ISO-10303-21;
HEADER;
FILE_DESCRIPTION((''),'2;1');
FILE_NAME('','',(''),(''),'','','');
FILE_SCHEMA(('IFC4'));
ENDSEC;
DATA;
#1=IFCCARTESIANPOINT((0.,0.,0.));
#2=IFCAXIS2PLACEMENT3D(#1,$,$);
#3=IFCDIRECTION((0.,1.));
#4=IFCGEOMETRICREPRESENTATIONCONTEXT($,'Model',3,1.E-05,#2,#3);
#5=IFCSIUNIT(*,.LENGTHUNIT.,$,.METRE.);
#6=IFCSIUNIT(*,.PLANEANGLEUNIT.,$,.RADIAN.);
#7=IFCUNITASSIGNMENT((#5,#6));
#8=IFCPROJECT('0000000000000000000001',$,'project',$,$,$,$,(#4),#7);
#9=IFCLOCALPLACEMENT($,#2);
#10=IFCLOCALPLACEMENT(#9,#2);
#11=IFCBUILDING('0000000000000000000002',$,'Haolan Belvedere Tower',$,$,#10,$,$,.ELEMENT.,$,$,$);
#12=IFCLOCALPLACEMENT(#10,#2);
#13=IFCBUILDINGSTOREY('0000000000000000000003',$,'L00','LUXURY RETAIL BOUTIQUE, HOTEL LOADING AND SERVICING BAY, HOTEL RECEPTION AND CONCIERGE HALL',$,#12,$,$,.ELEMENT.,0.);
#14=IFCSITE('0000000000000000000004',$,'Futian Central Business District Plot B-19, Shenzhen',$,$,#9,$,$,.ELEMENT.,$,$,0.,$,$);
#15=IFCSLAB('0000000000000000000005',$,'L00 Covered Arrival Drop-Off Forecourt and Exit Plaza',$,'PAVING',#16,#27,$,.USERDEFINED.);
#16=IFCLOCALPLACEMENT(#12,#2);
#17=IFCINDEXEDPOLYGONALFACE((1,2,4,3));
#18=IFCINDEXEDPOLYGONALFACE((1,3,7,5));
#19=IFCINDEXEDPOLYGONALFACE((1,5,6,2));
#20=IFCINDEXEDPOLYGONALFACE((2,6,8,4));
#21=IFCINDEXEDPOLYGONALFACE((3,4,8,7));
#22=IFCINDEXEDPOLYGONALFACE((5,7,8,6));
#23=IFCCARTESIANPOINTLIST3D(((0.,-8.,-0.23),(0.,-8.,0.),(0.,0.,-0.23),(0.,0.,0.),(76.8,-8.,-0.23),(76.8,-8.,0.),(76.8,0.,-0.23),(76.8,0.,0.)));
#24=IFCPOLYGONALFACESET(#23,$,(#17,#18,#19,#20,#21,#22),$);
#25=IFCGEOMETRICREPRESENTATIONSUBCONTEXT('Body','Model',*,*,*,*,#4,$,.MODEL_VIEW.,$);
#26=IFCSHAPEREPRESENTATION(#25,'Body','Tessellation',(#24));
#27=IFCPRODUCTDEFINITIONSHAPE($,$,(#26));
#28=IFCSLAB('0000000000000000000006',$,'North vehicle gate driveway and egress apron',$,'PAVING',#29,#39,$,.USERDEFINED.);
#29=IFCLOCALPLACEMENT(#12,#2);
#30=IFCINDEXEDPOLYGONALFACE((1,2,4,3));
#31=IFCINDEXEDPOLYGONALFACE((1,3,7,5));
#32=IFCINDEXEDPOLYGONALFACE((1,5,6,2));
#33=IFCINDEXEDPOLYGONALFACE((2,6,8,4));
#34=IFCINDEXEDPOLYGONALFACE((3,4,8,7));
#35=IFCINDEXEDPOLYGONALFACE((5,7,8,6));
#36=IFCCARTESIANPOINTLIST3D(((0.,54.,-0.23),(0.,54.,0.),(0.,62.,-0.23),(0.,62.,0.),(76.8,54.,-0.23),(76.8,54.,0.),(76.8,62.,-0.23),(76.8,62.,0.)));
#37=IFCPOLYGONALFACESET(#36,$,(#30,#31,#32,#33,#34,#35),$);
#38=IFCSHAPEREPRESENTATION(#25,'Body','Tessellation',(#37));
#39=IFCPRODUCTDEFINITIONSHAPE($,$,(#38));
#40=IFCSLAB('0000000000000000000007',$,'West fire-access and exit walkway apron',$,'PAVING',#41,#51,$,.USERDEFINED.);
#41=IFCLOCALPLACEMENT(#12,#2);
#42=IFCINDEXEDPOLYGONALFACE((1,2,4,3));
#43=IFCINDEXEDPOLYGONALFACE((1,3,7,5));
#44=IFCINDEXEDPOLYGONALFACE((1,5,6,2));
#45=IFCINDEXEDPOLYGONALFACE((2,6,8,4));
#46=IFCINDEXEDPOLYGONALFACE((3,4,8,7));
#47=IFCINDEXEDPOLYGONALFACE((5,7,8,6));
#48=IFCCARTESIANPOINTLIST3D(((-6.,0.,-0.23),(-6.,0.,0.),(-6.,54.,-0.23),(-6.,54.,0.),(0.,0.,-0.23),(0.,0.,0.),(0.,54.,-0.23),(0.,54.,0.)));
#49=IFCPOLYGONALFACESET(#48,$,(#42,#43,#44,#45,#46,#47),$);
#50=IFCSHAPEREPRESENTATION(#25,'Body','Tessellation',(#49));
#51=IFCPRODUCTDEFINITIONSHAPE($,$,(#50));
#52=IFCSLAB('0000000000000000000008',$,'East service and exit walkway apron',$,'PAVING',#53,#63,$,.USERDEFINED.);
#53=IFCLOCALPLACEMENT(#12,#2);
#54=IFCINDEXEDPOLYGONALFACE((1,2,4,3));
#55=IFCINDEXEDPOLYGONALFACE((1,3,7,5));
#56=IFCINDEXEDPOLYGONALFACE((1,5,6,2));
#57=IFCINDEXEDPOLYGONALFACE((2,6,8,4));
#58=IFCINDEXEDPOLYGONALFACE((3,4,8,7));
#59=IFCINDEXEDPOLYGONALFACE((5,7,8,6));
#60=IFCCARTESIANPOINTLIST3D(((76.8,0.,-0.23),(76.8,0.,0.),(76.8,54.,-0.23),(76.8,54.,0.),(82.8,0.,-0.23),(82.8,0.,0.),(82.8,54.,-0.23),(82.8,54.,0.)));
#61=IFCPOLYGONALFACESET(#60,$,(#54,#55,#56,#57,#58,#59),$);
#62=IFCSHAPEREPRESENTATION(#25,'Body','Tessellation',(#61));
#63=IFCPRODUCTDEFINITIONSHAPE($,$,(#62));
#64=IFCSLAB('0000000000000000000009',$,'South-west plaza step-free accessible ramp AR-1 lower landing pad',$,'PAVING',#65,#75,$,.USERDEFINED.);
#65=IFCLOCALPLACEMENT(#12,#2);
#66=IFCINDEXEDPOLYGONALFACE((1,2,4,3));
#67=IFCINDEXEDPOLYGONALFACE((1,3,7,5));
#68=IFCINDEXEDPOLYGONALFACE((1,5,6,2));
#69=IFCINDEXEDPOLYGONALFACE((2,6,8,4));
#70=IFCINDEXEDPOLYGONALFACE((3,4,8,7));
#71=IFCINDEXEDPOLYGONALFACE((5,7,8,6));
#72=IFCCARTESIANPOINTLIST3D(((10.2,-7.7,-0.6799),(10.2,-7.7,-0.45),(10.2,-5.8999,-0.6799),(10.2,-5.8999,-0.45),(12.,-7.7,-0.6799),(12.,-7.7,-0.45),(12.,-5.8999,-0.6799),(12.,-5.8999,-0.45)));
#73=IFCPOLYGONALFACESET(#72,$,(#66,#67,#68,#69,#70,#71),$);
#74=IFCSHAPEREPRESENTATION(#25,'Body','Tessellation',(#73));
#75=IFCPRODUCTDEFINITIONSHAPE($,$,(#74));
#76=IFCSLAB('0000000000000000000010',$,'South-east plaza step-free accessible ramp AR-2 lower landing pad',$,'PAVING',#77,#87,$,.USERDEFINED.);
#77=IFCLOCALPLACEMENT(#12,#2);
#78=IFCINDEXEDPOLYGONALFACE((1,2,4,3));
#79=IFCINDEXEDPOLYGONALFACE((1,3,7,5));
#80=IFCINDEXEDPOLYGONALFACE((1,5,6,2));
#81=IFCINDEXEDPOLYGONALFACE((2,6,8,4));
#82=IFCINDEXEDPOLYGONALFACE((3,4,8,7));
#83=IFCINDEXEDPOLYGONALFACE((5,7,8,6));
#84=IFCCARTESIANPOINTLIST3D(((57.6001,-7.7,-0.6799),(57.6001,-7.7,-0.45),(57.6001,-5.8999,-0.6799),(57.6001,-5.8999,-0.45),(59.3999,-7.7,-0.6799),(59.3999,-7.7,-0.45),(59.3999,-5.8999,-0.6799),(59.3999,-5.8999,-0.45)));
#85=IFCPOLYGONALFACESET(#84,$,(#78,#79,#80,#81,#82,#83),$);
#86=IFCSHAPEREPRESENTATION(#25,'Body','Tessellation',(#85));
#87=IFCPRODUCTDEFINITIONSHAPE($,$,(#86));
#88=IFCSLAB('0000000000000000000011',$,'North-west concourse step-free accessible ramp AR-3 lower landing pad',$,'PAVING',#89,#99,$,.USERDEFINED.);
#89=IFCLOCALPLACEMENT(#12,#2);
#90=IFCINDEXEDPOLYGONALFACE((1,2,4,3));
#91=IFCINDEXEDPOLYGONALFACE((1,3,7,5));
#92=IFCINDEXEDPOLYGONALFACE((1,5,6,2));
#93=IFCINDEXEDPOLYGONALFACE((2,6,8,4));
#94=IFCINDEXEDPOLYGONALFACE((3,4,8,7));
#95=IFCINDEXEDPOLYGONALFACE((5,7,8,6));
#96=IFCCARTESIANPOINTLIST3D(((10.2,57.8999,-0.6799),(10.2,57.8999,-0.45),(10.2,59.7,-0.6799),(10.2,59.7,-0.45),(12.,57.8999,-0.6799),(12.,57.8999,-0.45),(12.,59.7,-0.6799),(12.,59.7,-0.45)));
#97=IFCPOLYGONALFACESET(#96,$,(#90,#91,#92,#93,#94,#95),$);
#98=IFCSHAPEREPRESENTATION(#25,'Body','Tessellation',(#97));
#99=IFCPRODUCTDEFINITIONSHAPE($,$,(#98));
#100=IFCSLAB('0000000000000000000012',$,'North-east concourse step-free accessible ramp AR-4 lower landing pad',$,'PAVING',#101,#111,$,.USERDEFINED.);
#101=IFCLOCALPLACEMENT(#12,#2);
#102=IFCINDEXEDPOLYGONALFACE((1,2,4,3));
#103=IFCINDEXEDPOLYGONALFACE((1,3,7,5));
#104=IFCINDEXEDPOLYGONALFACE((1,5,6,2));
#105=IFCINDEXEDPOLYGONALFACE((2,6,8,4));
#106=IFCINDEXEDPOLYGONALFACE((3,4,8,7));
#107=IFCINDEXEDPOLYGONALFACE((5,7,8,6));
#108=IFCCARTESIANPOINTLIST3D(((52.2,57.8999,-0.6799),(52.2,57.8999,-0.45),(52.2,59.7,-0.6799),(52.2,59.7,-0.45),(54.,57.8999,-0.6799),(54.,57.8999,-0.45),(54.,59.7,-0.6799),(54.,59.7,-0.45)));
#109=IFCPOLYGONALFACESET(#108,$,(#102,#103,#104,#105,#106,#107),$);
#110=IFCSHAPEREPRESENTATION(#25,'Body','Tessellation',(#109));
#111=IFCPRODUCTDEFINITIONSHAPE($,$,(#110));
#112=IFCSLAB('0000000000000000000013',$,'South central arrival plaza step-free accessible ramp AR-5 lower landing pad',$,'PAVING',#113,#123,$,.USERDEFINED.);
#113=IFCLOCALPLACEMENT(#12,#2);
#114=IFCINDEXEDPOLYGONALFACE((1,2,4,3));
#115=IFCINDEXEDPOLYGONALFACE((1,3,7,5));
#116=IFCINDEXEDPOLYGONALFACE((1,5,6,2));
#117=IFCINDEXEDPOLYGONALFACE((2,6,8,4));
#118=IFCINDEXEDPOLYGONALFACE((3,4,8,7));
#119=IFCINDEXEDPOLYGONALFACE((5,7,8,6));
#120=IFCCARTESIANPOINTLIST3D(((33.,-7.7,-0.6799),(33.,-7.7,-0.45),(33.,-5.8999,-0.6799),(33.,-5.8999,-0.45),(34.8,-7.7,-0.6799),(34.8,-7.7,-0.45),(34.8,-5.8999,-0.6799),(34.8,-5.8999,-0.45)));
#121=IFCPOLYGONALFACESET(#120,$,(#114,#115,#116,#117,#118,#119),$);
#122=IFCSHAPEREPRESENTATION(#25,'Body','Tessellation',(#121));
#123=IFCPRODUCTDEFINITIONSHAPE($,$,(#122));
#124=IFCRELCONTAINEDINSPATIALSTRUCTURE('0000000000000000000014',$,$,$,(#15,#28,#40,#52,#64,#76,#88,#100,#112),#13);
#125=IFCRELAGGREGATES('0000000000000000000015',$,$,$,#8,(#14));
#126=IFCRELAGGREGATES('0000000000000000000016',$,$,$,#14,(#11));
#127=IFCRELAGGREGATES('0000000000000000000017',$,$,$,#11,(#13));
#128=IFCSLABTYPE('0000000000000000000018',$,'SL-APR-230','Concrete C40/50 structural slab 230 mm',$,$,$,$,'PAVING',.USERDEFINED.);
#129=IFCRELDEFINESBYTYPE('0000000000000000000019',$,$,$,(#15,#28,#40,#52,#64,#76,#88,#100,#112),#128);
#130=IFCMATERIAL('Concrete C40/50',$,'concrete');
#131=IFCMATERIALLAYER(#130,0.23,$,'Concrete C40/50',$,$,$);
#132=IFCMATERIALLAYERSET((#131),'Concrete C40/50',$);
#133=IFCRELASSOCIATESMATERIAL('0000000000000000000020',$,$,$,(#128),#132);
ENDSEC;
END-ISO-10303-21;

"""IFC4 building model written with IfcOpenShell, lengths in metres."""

from ifc_helpers import new_model, si_unit, direction, frame, origin, place, context, subcontext, project, spatial, polyline, outline, extrude, material, layer, layer_set, type_object, element, save


model = new_model("IFC4")

# Units and contexts
model_context = context("Model", 3, precision=1e-05, world=origin(), true_north=direction((0.0, 1.0)))
body_context = subcontext(model_context, "Body", "Model", "MODEL_VIEW")
ifc_project = project(units=[si_unit("LENGTHUNIT", "METRE"), si_unit("PLANEANGLEUNIT", "RADIAN")], contexts=[model_context])

# Site, building, storey
site_placement = place(None, origin())
site = spatial("IfcSite", under=ifc_project, at=site_placement, Name="Futian Central Business District Plot B-19, Shenzhen", CompositionType="ELEMENT", RefElevation=0.0)
building_placement = place(site_placement, origin())
building = spatial("IfcBuilding", under=site, at=building_placement, Name="Haolan Belvedere Tower", CompositionType="ELEMENT")
storey_placement = place(building_placement, origin())
storey = spatial("IfcBuildingStorey", under=building, at=storey_placement, Name="L00", Description="LUXURY RETAIL BOUTIQUE, HOTEL LOADING AND SERVICING BAY, HOTEL RECEPTION AND CONCIERGE HALL", CompositionType="ELEMENT", Elevation=0.0)

# Slabs
ifc_material_1 = material(Name="Concrete C40/50", Category="concrete")
ifc_layer_1 = layer(ifc_material_1, 0.23, Name="Concrete C40/50")
ifc_layer_set_1 = layer_set([ifc_layer_1], Name="Concrete C40/50")
slab_type_1 = type_object("IfcSlabType", Name="SL-APR-230", Description="Concrete C40/50 structural slab 230 mm", ElementType="PAVING", PredefinedType="USERDEFINED", material=ifc_layer_set_1)
slab_1_placement = place(storey_placement, frame((0.0, 0.0, -0.23)))
element("IfcSlab", 1, at=slab_1_placement, inside=storey, type_object=slab_type_1, Name="L00 Covered Arrival Drop-Off Forecourt and Exit Plaza", ObjectType="PAVING", PredefinedType="USERDEFINED", context=body_context, shape_type="SweptSolid", body=[
    extrude(outline(polyline([(0.0, -8.0), (76.8, -8.0), (76.8, 0.0), (0.0, 0.0), (0.0, -8.0)])), origin(), (0.0, 0.0, 1.0), 0.23),
])
slab_2_placement = place(storey_placement, frame((0.0, 0.0, -0.23)))
element("IfcSlab", 2, at=slab_2_placement, inside=storey, type_object=slab_type_1, Name="North vehicle gate driveway and egress apron", ObjectType="PAVING", PredefinedType="USERDEFINED", context=body_context, shape_type="SweptSolid", body=[
    extrude(outline(polyline([(0.0, 54.0), (76.8, 54.0), (76.8, 62.0), (0.0, 62.0), (0.0, 54.0)])), origin(), (0.0, 0.0, 1.0), 0.23),
])
slab_3_placement = place(storey_placement, frame((0.0, 0.0, -0.23)))
element("IfcSlab", 3, at=slab_3_placement, inside=storey, type_object=slab_type_1, Name="West fire-access and exit walkway apron", ObjectType="PAVING", PredefinedType="USERDEFINED", context=body_context, shape_type="SweptSolid", body=[
    extrude(outline(polyline([(-6.0, 0.0), (0.0, 0.0), (0.0, 54.0), (-6.0, 54.0), (-6.0, 0.0)])), origin(), (0.0, 0.0, 1.0), 0.23),
])
slab_4_placement = place(storey_placement, frame((0.0, 0.0, -0.23)))
element("IfcSlab", 4, at=slab_4_placement, inside=storey, type_object=slab_type_1, Name="East service and exit walkway apron", ObjectType="PAVING", PredefinedType="USERDEFINED", context=body_context, shape_type="SweptSolid", body=[
    extrude(outline(polyline([(76.8, 0.0), (82.8, 0.0), (82.8, 54.0), (76.8, 54.0), (76.8, 0.0)])), origin(), (0.0, 0.0, 1.0), 0.23),
])
slab_5_placement = place(storey_placement, frame((0.0, 0.0, -0.6799)))
element("IfcSlab", 5, at=slab_5_placement, inside=storey, type_object=slab_type_1, Name="South-west plaza step-free accessible ramp AR-1 lower landing pad", ObjectType="PAVING", PredefinedType="USERDEFINED", context=body_context, shape_type="SweptSolid", body=[
    extrude(outline(polyline([(10.2, -7.7), (12.0, -7.7), (12.0, -5.8999), (10.2, -5.8999), (10.2, -7.7)])), origin(), (0.0, 0.0, 1.0), 0.23),
])
slab_6_placement = place(storey_placement, frame((0.0, 0.0, -0.6799)))
element("IfcSlab", 6, at=slab_6_placement, inside=storey, type_object=slab_type_1, Name="South-east plaza step-free accessible ramp AR-2 lower landing pad", ObjectType="PAVING", PredefinedType="USERDEFINED", context=body_context, shape_type="SweptSolid", body=[
    extrude(outline(polyline([(57.6001, -7.7), (59.3999, -7.7), (59.3999, -5.8999), (57.6001, -5.8999), (57.6001, -7.7)])), origin(), (0.0, 0.0, 1.0), 0.23),
])
slab_7_placement = place(storey_placement, frame((0.0, 0.0, -0.6799)))
element("IfcSlab", 7, at=slab_7_placement, inside=storey, type_object=slab_type_1, Name="North-west concourse step-free accessible ramp AR-3 lower landing pad", ObjectType="PAVING", PredefinedType="USERDEFINED", context=body_context, shape_type="SweptSolid", body=[
    extrude(outline(polyline([(10.2, 57.8999), (12.0, 57.8999), (12.0, 59.7), (10.2, 59.7), (10.2, 57.8999)])), origin(), (0.0, 0.0, 1.0), 0.23),
])
slab_8_placement = place(storey_placement, frame((0.0, 0.0, -0.6799)))
element("IfcSlab", 8, at=slab_8_placement, inside=storey, type_object=slab_type_1, Name="North-east concourse step-free accessible ramp AR-4 lower landing pad", ObjectType="PAVING", PredefinedType="USERDEFINED", context=body_context, shape_type="SweptSolid", body=[
    extrude(outline(polyline([(52.2, 57.8999), (54.0, 57.8999), (54.0, 59.7), (52.2, 59.7), (52.2, 57.8999)])), origin(), (0.0, 0.0, 1.0), 0.23),
])
slab_9_placement = place(storey_placement, frame((0.0, 0.0, -0.6799)))
element("IfcSlab", 9, at=slab_9_placement, inside=storey, type_object=slab_type_1, Name="South central arrival plaza step-free accessible ramp AR-5 lower landing pad", ObjectType="PAVING", PredefinedType="USERDEFINED", context=body_context, shape_type="SweptSolid", body=[
    extrude(outline(polyline([(33.0, -7.7), (34.8, -7.7), (34.8, -5.8999), (33.0, -5.8999), (33.0, -7.7)])), origin(), (0.0, 0.0, 1.0), 0.23),
])

save(model, "model.ifc")
